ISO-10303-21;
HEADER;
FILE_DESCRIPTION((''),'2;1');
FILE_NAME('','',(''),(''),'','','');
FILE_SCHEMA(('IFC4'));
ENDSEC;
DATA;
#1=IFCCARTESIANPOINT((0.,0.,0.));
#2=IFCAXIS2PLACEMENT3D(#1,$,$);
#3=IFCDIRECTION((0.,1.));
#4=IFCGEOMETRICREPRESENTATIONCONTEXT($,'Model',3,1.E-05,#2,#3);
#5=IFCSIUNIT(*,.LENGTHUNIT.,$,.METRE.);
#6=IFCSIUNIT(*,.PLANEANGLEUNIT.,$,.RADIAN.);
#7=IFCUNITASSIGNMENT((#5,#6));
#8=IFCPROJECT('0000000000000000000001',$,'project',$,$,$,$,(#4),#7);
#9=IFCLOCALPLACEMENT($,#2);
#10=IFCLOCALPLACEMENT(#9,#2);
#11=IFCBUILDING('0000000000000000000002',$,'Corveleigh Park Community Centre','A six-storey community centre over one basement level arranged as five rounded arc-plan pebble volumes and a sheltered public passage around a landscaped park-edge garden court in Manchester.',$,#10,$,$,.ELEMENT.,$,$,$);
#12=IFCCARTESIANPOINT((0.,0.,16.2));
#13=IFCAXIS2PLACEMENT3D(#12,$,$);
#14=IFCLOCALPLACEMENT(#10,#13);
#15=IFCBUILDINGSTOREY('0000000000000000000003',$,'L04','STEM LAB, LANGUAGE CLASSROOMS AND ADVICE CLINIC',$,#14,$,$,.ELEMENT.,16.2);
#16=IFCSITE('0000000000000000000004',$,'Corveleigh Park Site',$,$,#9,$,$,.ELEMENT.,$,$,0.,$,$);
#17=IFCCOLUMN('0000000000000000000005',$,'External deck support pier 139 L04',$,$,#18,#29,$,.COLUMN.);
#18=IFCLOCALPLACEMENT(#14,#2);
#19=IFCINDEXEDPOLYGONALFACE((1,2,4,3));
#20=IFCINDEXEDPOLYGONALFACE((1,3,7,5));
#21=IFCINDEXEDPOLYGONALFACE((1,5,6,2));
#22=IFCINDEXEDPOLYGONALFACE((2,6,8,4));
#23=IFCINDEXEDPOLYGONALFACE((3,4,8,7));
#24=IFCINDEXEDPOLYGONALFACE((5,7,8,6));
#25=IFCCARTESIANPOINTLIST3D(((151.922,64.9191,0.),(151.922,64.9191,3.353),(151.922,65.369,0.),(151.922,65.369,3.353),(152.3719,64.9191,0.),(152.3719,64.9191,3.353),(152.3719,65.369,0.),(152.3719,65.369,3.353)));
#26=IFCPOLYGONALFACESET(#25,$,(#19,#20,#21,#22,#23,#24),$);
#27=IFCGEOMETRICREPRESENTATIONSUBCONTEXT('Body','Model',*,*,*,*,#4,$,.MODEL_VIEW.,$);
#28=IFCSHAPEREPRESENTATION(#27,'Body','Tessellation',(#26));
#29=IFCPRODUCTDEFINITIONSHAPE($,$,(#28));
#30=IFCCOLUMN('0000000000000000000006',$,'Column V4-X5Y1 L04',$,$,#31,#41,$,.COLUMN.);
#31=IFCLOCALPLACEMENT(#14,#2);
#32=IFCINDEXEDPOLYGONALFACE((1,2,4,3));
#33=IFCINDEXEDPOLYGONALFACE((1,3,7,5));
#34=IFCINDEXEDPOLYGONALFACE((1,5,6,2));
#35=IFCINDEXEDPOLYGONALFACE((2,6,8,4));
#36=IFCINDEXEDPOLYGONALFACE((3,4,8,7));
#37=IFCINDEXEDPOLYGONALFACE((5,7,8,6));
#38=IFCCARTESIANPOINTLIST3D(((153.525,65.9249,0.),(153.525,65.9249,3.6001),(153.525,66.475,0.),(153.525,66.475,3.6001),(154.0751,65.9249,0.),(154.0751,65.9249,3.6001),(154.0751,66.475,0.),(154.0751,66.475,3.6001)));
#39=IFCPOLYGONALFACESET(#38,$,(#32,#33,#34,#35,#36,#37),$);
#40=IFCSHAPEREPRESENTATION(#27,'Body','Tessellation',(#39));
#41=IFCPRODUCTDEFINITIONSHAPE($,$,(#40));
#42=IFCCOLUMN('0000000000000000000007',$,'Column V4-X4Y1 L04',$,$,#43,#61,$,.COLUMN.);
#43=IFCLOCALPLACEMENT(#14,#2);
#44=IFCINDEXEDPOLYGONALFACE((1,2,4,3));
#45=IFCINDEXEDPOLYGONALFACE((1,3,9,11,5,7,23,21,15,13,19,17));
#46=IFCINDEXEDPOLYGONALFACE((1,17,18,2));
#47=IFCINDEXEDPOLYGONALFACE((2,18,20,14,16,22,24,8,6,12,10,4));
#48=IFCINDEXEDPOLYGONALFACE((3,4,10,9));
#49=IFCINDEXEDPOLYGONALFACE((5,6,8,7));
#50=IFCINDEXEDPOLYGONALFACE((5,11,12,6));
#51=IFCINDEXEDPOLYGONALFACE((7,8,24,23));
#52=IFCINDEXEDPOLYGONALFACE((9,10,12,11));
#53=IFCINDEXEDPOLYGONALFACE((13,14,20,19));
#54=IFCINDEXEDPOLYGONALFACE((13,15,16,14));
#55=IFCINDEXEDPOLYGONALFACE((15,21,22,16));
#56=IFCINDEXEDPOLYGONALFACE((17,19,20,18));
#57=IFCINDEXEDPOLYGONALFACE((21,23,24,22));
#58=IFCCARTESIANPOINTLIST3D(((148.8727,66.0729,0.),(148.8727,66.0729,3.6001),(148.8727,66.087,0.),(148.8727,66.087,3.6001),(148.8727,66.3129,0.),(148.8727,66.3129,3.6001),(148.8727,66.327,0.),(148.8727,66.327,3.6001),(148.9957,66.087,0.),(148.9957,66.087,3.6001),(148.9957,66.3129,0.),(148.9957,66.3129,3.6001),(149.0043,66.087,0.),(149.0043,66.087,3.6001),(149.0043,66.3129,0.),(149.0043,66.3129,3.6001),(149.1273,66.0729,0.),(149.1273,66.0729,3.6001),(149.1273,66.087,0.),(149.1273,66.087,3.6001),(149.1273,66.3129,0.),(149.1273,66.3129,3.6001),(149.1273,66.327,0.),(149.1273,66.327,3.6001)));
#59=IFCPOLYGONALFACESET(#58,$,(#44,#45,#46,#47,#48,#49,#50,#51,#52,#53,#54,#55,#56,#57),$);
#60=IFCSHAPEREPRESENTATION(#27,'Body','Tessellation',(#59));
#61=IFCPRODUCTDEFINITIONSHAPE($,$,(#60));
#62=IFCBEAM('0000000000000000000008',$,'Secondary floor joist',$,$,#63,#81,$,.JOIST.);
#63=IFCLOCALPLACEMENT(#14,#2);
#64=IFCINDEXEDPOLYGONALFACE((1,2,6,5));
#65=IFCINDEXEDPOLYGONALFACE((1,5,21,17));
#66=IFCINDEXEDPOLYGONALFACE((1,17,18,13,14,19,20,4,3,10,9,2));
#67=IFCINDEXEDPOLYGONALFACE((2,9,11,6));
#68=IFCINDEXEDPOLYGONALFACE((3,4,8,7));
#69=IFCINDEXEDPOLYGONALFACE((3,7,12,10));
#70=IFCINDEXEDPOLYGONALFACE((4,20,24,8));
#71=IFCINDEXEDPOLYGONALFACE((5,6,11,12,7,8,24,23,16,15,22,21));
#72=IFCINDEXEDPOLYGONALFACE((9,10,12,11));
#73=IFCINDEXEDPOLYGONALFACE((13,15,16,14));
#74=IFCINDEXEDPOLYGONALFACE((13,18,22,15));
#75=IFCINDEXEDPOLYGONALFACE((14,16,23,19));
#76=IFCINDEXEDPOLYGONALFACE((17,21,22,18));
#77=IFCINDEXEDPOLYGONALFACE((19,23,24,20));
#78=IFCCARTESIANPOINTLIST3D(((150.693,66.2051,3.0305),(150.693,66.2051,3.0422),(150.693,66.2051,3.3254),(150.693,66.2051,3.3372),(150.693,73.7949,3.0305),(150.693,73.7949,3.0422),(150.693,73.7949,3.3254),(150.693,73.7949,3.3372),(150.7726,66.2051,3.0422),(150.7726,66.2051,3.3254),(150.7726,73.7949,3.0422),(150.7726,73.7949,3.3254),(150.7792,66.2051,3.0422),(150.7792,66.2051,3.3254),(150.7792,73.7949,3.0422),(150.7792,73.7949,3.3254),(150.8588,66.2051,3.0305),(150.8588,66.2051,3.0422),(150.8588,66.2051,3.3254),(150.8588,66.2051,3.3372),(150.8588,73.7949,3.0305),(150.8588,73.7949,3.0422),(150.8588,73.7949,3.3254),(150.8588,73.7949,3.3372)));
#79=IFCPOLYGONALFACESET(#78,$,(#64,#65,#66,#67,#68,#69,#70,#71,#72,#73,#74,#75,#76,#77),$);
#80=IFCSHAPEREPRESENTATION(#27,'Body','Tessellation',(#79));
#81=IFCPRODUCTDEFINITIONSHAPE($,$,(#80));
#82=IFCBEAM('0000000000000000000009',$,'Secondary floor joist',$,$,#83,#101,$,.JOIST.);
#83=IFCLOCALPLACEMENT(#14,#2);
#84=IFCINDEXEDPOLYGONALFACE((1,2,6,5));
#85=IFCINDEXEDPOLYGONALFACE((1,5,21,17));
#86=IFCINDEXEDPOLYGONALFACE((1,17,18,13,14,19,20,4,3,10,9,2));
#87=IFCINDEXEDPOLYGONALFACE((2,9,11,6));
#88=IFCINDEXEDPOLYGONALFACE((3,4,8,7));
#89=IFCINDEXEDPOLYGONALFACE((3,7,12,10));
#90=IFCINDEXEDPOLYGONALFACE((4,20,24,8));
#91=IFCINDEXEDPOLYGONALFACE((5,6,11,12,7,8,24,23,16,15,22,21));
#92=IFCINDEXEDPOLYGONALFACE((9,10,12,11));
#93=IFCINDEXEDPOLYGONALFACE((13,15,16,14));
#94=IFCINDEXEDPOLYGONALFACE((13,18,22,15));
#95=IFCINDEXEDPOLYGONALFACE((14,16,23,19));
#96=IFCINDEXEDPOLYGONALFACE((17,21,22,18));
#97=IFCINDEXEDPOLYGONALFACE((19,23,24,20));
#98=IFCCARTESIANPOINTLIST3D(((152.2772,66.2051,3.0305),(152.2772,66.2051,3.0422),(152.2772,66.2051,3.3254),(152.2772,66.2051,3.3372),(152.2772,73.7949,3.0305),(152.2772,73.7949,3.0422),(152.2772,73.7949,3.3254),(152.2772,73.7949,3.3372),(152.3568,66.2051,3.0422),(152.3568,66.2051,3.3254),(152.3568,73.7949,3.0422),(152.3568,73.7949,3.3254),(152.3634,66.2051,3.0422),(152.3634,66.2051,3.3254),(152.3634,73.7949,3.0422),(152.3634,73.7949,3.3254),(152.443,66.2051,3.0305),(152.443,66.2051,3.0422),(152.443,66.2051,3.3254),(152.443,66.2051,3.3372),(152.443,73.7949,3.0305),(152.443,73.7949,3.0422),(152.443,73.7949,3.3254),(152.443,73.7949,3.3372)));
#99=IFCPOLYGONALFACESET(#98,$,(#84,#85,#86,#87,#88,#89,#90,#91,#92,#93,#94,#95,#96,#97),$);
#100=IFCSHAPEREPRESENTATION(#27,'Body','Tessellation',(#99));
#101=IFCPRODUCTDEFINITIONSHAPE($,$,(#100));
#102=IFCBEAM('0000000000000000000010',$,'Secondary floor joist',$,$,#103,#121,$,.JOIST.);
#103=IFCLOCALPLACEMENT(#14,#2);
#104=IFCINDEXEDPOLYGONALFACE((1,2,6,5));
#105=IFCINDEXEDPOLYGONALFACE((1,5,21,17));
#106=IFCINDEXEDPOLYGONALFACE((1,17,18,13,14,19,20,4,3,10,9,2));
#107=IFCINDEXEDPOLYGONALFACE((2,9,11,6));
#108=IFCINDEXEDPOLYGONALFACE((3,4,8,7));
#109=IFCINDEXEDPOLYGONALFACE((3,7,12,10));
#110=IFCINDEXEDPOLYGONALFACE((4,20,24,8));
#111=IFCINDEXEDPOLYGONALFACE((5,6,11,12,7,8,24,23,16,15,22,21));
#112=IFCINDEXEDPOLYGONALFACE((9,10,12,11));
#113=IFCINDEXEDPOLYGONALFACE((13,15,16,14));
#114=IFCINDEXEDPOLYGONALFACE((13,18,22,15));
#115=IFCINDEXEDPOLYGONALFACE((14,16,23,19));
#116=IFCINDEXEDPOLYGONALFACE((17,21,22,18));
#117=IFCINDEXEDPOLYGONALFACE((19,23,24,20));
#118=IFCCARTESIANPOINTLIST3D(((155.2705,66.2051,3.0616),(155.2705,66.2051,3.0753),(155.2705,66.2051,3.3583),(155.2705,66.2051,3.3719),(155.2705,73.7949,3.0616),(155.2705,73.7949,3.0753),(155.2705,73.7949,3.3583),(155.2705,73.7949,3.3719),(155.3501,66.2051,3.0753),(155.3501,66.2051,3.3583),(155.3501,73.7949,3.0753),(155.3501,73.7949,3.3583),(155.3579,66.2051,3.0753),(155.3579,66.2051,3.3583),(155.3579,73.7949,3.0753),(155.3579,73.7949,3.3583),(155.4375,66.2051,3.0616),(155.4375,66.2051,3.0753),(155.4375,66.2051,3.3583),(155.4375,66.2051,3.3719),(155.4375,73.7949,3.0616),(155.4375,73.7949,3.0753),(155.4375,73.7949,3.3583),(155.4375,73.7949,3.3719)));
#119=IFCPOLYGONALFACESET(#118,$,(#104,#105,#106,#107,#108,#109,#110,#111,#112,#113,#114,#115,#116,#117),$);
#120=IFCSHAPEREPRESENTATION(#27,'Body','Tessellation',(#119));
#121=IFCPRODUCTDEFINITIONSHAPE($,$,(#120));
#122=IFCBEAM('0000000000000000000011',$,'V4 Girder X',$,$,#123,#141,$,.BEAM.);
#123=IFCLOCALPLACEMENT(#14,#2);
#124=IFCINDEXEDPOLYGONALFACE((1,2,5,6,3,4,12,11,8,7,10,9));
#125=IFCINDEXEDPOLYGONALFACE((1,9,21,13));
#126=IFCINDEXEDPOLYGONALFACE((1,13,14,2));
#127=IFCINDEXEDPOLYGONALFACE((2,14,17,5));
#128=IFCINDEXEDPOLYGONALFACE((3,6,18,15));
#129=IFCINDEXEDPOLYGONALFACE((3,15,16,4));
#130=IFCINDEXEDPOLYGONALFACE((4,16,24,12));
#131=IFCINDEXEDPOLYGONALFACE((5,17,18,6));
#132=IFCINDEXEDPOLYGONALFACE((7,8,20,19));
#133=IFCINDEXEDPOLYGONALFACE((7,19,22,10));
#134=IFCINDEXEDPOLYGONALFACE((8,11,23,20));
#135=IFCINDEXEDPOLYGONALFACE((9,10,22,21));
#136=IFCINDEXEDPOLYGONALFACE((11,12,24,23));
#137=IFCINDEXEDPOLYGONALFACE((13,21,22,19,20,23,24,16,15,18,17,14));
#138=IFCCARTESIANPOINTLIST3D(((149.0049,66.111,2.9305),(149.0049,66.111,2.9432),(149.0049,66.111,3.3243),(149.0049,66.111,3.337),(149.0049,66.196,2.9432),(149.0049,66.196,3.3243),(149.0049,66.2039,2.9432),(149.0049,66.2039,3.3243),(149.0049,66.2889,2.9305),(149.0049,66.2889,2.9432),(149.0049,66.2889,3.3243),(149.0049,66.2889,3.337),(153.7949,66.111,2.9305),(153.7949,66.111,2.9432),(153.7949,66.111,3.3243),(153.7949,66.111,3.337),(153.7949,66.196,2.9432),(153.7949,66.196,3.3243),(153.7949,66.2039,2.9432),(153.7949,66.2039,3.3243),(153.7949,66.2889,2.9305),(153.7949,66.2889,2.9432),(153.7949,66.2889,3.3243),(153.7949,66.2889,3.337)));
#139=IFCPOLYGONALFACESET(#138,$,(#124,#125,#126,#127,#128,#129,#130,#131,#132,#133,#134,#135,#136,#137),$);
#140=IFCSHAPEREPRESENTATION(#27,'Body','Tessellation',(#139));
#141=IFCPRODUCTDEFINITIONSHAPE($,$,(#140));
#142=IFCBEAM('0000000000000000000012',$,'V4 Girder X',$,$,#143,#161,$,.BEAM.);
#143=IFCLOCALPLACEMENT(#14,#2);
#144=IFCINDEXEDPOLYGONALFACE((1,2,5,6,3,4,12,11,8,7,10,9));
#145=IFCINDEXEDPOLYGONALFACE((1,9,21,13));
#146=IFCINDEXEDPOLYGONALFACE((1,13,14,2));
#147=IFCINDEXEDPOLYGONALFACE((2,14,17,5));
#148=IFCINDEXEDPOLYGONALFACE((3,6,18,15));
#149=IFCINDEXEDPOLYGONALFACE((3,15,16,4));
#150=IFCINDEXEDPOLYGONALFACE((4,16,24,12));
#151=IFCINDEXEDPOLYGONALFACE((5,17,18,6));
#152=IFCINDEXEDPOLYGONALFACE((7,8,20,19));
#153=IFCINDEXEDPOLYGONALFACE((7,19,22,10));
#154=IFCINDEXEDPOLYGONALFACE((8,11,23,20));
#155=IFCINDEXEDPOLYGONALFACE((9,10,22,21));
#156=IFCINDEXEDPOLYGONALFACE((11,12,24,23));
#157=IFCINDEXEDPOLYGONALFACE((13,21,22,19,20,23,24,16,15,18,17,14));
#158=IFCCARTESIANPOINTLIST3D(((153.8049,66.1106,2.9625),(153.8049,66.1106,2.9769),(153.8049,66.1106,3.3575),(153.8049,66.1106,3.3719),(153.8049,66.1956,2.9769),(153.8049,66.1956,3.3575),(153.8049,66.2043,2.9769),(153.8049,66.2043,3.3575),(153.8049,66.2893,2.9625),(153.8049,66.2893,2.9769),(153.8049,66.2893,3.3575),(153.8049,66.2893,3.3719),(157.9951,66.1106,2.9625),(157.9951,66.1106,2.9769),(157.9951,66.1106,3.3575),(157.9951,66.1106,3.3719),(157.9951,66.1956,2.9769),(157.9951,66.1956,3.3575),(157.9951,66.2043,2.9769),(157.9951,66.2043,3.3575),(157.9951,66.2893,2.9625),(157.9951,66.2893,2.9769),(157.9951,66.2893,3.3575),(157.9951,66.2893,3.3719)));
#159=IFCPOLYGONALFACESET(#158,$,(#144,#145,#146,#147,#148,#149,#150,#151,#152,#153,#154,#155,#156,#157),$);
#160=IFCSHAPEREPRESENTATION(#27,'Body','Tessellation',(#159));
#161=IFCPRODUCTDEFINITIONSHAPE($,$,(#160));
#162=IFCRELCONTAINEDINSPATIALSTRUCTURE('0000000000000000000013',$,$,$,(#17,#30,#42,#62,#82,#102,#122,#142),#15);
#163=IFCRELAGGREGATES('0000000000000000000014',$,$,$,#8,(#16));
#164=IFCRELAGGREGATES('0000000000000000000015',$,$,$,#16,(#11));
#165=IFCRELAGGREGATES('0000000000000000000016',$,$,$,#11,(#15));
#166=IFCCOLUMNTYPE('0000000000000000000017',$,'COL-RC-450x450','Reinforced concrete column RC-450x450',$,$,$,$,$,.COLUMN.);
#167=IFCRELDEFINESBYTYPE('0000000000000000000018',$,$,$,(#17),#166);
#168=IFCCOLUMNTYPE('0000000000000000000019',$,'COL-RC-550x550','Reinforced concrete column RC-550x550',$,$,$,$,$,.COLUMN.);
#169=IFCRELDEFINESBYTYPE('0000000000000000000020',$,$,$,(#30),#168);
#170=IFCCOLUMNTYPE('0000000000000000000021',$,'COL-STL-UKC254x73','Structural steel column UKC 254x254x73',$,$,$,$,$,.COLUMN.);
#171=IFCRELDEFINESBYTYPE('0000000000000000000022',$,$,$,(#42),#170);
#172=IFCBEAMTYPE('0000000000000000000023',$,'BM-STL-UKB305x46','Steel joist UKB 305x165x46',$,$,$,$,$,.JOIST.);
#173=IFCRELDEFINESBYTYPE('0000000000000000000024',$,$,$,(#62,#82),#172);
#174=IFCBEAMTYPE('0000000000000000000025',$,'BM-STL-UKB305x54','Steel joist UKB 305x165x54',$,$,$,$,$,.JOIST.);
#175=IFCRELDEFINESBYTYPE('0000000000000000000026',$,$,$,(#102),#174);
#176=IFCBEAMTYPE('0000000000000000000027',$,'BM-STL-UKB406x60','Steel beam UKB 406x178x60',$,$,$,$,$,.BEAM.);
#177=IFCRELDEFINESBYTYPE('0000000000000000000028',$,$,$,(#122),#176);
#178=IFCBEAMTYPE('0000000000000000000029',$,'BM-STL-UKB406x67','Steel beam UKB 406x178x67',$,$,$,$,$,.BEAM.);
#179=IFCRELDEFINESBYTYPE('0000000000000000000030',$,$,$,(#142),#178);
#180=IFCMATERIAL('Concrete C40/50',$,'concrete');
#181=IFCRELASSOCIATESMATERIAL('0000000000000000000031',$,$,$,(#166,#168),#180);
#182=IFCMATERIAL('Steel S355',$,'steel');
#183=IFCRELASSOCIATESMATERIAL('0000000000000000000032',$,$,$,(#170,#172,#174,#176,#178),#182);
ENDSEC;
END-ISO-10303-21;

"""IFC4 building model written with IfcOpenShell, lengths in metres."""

from ifc_helpers import new_model, si_unit, direction, frame, origin, origin_2d, place, context, subcontext, project, spatial, rectangle, i_section, extrude, material, material_profile, profile_set, type_object, element, save


model = new_model("IFC4")

# Units and contexts
model_context = context("Model", 3, precision=1e-05, world=origin(), true_north=direction((0.0, 1.0)))
body_context = subcontext(model_context, "Body", "Model", "MODEL_VIEW")
ifc_project = project(units=[si_unit("LENGTHUNIT", "METRE"), si_unit("PLANEANGLEUNIT", "RADIAN")], contexts=[model_context])

# Site, building, storey
site_placement = place(None, origin())
site = spatial("IfcSite", under=ifc_project, at=site_placement, Name="Corveleigh Park Site", CompositionType="ELEMENT", RefElevation=0.0)
building_placement = place(site_placement, origin())
building = spatial("IfcBuilding", under=site, at=building_placement, Name="Corveleigh Park Community Centre", Description="A six-storey community centre over one basement level arranged as five rounded arc-plan pebble volumes and a sheltered public passage around a landscaped park-edge garden court in Manchester.", CompositionType="ELEMENT")
storey_placement = place(building_placement, frame((0.0, 0.0, 16.2)))
storey = spatial("IfcBuildingStorey", under=building, at=storey_placement, Name="L04", Description="STEM LAB, LANGUAGE CLASSROOMS AND ADVICE CLINIC", CompositionType="ELEMENT", Elevation=16.2)

# Columns
ifc_material_1 = material(Name="Concrete C40/50", Category="concrete")
ifc_material_profile_1 = material_profile(ifc_material_1, rectangle(XDim=0.45, YDim=0.45, at=origin_2d()), Name="RC-450x450", Category="concrete")
ifc_profile_set_1 = profile_set([ifc_material_profile_1], Name="Concrete C40/50")
column_type_1 = type_object("IfcColumnType", Name="COL-RC-450x450", Description="Reinforced concrete column RC-450x450", PredefinedType="COLUMN", material=ifc_profile_set_1)
column_1_placement = place(storey_placement, frame((152.147, 65.144, 0.0), z_axis=(0.0, 0.0, 1.0), x_axis=(1.0, 0.0, 0.0)))
element("IfcColumn", 1, at=column_1_placement, inside=storey, type_object=column_type_1, Name="External deck support pier 139 L04", PredefinedType="COLUMN", context=body_context, shape_type="SweptSolid", body=[
    extrude(rectangle(XDim=0.45, YDim=0.45, at=origin_2d()), origin(), (0.0, 0.0, 1.0), 3.353),
])
ifc_material_profile_2 = material_profile(ifc_material_1, rectangle(XDim=0.55, YDim=0.55, at=origin_2d()), Name="RC-550x550", Category="concrete")
ifc_profile_set_2 = profile_set([ifc_material_profile_2], Name="Concrete C40/50")
column_type_2 = type_object("IfcColumnType", Name="COL-RC-550x550", Description="Reinforced concrete column RC-550x550", PredefinedType="COLUMN", material=ifc_profile_set_2)
column_2_placement = place(storey_placement, frame((153.8, 66.2, 0.0), z_axis=(0.0, 0.0, 1.0), x_axis=(1.0, 0.0, 0.0)))
element("IfcColumn", 2, at=column_2_placement, inside=storey, type_object=column_type_2, Name="Column V4-X5Y1 L04", PredefinedType="COLUMN", context=body_context, shape_type="SweptSolid", body=[
    extrude(rectangle(XDim=0.55, YDim=0.55, at=origin_2d()), origin(), (0.0, 0.0, 1.0), 3.6001),
])
ifc_material_2 = material(Name="Steel S355", Category="steel")
ifc_material_profile_3 = material_profile(ifc_material_2, i_section(OverallWidth=0.2546, OverallDepth=0.2542, WebThickness=0.0085, FlangeThickness=0.0142, at=origin_2d()), Name="UKC 254x254x73", Category="steel")
ifc_profile_set_3 = profile_set([ifc_material_profile_3], Name="Steel S355")
column_type_3 = type_object("IfcColumnType", Name="COL-STL-UKC254x73", Description="Structural steel column UKC 254x254x73", PredefinedType="COLUMN", material=ifc_profile_set_3)
column_3_placement = place(storey_placement, frame((149.0, 66.2, 0.0), z_axis=(0.0, 0.0, 1.0), x_axis=(1.0, 0.0, 0.0)))
element("IfcColumn", 3, at=column_3_placement, inside=storey, type_object=column_type_3, Name="Column V4-X4Y1 L04", PredefinedType="COLUMN", context=body_context, shape_type="SweptSolid", body=[
    extrude(i_section(OverallWidth=0.2546, OverallDepth=0.2542, WebThickness=0.0085, FlangeThickness=0.0142, at=origin_2d()), origin(), (0.0, 0.0, 1.0), 3.6001),
])

# Beams
ifc_material_profile_4 = material_profile(ifc_material_2, i_section(OverallWidth=0.1658, OverallDepth=0.3066, WebThickness=0.0066, FlangeThickness=0.0117, at=origin_2d()), Name="UKB 305x165x46", Category="steel")
ifc_profile_set_4 = profile_set([ifc_material_profile_4], Name="Steel S355")
beam_type_1 = type_object("IfcBeamType", Name="BM-STL-UKB305x46", Description="Steel joist UKB 305x165x46", PredefinedType="JOIST", material=ifc_profile_set_4)
for number, where, z_axis, x_axis, name in (
    (4, (150.7759, 66.2051, 3.1838), (0.0, 1.0, 0.0), (-1.0, 0.0, 0.0), "Secondary floor joist"),
    (5, (152.3601, 66.2051, 3.1838), (0.0, 1.0, 0.0), (-1.0, 0.0, 0.0), "Secondary floor joist"),
):
    element("IfcBeam", number, at=place(storey_placement, frame(where, z_axis=z_axis, x_axis=x_axis)), inside=storey, type_object=beam_type_1, Name=name, PredefinedType="JOIST", context=body_context, shape_type="SweptSolid", body=[
        extrude(i_section(OverallWidth=0.1658, OverallDepth=0.3066, WebThickness=0.0066, FlangeThickness=0.0117, at=origin_2d()), origin(), (0.0, 0.0, 1.0), 7.5898),
    ])
ifc_material_profile_5 = material_profile(ifc_material_2, i_section(OverallWidth=0.167, OverallDepth=0.3103, WebThickness=0.0078, FlangeThickness=0.0137, at=origin_2d()), Name="UKB 305x165x54", Category="steel")
ifc_profile_set_5 = profile_set([ifc_material_profile_5], Name="Steel S355")
beam_type_2 = type_object("IfcBeamType", Name="BM-STL-UKB305x54", Description="Steel joist UKB 305x165x54", PredefinedType="JOIST", material=ifc_profile_set_5)
beam_1_placement = place(storey_placement, frame((155.354, 66.2051, 3.2168), z_axis=(0.0, 1.0, 0.0), x_axis=(-1.0, 0.0, 0.0)))
element("IfcBeam", 6, at=beam_1_placement, inside=storey, type_object=beam_type_2, Name="Secondary floor joist", PredefinedType="JOIST", context=body_context, shape_type="SweptSolid", body=[
    extrude(i_section(OverallWidth=0.167, OverallDepth=0.3103, WebThickness=0.0078, FlangeThickness=0.0137, at=origin_2d()), origin(), (0.0, 0.0, 1.0), 7.5898),
])
ifc_material_profile_6 = material_profile(ifc_material_2, i_section(OverallWidth=0.178, OverallDepth=0.4065, WebThickness=0.0078, FlangeThickness=0.0127, at=origin_2d()), Name="UKB 406x178x60", Category="steel")
ifc_profile_set_6 = profile_set([ifc_material_profile_6], Name="Steel S355")
beam_type_3 = type_object("IfcBeamType", Name="BM-STL-UKB406x60", Description="Steel beam UKB 406x178x60", PredefinedType="BEAM", material=ifc_profile_set_6)
beam_2_placement = place(storey_placement, frame((149.0049, 66.2, 3.1338), z_axis=(1.0, 0.0, 0.0), x_axis=(0.0, 1.0, 0.0)))
element("IfcBeam", 7, at=beam_2_placement, inside=storey, type_object=beam_type_3, Name="V4 Girder X", PredefinedType="BEAM", context=body_context, shape_type="SweptSolid", body=[
    extrude(i_section(OverallWidth=0.178, OverallDepth=0.4065, WebThickness=0.0078, FlangeThickness=0.0127, at=origin_2d()), origin(), (0.0, 0.0, 1.0), 4.79),
])
ifc_material_profile_7 = material_profile(ifc_material_2, i_section(OverallWidth=0.1787, OverallDepth=0.4094, WebThickness=0.0088, FlangeThickness=0.0144, at=origin_2d()), Name="UKB 406x178x67", Category="steel")
ifc_profile_set_7 = profile_set([ifc_material_profile_7], Name="Steel S355")
beam_type_4 = type_object("IfcBeamType", Name="BM-STL-UKB406x67", Description="Steel beam UKB 406x178x67", PredefinedType="BEAM", material=ifc_profile_set_7)
beam_3_placement = place(storey_placement, frame((153.8049, 66.2, 3.1672), z_axis=(1.0, 0.0, 0.0), x_axis=(0.0, 1.0, 0.0)))
element("IfcBeam", 8, at=beam_3_placement, inside=storey, type_object=beam_type_4, Name="V4 Girder X", PredefinedType="BEAM", context=body_context, shape_type="SweptSolid", body=[
    extrude(i_section(OverallWidth=0.1787, OverallDepth=0.4094, WebThickness=0.0088, FlangeThickness=0.0144, at=origin_2d()), origin(), (0.0, 0.0, 1.0), 4.1902),
])

save(model, "model.ifc")
